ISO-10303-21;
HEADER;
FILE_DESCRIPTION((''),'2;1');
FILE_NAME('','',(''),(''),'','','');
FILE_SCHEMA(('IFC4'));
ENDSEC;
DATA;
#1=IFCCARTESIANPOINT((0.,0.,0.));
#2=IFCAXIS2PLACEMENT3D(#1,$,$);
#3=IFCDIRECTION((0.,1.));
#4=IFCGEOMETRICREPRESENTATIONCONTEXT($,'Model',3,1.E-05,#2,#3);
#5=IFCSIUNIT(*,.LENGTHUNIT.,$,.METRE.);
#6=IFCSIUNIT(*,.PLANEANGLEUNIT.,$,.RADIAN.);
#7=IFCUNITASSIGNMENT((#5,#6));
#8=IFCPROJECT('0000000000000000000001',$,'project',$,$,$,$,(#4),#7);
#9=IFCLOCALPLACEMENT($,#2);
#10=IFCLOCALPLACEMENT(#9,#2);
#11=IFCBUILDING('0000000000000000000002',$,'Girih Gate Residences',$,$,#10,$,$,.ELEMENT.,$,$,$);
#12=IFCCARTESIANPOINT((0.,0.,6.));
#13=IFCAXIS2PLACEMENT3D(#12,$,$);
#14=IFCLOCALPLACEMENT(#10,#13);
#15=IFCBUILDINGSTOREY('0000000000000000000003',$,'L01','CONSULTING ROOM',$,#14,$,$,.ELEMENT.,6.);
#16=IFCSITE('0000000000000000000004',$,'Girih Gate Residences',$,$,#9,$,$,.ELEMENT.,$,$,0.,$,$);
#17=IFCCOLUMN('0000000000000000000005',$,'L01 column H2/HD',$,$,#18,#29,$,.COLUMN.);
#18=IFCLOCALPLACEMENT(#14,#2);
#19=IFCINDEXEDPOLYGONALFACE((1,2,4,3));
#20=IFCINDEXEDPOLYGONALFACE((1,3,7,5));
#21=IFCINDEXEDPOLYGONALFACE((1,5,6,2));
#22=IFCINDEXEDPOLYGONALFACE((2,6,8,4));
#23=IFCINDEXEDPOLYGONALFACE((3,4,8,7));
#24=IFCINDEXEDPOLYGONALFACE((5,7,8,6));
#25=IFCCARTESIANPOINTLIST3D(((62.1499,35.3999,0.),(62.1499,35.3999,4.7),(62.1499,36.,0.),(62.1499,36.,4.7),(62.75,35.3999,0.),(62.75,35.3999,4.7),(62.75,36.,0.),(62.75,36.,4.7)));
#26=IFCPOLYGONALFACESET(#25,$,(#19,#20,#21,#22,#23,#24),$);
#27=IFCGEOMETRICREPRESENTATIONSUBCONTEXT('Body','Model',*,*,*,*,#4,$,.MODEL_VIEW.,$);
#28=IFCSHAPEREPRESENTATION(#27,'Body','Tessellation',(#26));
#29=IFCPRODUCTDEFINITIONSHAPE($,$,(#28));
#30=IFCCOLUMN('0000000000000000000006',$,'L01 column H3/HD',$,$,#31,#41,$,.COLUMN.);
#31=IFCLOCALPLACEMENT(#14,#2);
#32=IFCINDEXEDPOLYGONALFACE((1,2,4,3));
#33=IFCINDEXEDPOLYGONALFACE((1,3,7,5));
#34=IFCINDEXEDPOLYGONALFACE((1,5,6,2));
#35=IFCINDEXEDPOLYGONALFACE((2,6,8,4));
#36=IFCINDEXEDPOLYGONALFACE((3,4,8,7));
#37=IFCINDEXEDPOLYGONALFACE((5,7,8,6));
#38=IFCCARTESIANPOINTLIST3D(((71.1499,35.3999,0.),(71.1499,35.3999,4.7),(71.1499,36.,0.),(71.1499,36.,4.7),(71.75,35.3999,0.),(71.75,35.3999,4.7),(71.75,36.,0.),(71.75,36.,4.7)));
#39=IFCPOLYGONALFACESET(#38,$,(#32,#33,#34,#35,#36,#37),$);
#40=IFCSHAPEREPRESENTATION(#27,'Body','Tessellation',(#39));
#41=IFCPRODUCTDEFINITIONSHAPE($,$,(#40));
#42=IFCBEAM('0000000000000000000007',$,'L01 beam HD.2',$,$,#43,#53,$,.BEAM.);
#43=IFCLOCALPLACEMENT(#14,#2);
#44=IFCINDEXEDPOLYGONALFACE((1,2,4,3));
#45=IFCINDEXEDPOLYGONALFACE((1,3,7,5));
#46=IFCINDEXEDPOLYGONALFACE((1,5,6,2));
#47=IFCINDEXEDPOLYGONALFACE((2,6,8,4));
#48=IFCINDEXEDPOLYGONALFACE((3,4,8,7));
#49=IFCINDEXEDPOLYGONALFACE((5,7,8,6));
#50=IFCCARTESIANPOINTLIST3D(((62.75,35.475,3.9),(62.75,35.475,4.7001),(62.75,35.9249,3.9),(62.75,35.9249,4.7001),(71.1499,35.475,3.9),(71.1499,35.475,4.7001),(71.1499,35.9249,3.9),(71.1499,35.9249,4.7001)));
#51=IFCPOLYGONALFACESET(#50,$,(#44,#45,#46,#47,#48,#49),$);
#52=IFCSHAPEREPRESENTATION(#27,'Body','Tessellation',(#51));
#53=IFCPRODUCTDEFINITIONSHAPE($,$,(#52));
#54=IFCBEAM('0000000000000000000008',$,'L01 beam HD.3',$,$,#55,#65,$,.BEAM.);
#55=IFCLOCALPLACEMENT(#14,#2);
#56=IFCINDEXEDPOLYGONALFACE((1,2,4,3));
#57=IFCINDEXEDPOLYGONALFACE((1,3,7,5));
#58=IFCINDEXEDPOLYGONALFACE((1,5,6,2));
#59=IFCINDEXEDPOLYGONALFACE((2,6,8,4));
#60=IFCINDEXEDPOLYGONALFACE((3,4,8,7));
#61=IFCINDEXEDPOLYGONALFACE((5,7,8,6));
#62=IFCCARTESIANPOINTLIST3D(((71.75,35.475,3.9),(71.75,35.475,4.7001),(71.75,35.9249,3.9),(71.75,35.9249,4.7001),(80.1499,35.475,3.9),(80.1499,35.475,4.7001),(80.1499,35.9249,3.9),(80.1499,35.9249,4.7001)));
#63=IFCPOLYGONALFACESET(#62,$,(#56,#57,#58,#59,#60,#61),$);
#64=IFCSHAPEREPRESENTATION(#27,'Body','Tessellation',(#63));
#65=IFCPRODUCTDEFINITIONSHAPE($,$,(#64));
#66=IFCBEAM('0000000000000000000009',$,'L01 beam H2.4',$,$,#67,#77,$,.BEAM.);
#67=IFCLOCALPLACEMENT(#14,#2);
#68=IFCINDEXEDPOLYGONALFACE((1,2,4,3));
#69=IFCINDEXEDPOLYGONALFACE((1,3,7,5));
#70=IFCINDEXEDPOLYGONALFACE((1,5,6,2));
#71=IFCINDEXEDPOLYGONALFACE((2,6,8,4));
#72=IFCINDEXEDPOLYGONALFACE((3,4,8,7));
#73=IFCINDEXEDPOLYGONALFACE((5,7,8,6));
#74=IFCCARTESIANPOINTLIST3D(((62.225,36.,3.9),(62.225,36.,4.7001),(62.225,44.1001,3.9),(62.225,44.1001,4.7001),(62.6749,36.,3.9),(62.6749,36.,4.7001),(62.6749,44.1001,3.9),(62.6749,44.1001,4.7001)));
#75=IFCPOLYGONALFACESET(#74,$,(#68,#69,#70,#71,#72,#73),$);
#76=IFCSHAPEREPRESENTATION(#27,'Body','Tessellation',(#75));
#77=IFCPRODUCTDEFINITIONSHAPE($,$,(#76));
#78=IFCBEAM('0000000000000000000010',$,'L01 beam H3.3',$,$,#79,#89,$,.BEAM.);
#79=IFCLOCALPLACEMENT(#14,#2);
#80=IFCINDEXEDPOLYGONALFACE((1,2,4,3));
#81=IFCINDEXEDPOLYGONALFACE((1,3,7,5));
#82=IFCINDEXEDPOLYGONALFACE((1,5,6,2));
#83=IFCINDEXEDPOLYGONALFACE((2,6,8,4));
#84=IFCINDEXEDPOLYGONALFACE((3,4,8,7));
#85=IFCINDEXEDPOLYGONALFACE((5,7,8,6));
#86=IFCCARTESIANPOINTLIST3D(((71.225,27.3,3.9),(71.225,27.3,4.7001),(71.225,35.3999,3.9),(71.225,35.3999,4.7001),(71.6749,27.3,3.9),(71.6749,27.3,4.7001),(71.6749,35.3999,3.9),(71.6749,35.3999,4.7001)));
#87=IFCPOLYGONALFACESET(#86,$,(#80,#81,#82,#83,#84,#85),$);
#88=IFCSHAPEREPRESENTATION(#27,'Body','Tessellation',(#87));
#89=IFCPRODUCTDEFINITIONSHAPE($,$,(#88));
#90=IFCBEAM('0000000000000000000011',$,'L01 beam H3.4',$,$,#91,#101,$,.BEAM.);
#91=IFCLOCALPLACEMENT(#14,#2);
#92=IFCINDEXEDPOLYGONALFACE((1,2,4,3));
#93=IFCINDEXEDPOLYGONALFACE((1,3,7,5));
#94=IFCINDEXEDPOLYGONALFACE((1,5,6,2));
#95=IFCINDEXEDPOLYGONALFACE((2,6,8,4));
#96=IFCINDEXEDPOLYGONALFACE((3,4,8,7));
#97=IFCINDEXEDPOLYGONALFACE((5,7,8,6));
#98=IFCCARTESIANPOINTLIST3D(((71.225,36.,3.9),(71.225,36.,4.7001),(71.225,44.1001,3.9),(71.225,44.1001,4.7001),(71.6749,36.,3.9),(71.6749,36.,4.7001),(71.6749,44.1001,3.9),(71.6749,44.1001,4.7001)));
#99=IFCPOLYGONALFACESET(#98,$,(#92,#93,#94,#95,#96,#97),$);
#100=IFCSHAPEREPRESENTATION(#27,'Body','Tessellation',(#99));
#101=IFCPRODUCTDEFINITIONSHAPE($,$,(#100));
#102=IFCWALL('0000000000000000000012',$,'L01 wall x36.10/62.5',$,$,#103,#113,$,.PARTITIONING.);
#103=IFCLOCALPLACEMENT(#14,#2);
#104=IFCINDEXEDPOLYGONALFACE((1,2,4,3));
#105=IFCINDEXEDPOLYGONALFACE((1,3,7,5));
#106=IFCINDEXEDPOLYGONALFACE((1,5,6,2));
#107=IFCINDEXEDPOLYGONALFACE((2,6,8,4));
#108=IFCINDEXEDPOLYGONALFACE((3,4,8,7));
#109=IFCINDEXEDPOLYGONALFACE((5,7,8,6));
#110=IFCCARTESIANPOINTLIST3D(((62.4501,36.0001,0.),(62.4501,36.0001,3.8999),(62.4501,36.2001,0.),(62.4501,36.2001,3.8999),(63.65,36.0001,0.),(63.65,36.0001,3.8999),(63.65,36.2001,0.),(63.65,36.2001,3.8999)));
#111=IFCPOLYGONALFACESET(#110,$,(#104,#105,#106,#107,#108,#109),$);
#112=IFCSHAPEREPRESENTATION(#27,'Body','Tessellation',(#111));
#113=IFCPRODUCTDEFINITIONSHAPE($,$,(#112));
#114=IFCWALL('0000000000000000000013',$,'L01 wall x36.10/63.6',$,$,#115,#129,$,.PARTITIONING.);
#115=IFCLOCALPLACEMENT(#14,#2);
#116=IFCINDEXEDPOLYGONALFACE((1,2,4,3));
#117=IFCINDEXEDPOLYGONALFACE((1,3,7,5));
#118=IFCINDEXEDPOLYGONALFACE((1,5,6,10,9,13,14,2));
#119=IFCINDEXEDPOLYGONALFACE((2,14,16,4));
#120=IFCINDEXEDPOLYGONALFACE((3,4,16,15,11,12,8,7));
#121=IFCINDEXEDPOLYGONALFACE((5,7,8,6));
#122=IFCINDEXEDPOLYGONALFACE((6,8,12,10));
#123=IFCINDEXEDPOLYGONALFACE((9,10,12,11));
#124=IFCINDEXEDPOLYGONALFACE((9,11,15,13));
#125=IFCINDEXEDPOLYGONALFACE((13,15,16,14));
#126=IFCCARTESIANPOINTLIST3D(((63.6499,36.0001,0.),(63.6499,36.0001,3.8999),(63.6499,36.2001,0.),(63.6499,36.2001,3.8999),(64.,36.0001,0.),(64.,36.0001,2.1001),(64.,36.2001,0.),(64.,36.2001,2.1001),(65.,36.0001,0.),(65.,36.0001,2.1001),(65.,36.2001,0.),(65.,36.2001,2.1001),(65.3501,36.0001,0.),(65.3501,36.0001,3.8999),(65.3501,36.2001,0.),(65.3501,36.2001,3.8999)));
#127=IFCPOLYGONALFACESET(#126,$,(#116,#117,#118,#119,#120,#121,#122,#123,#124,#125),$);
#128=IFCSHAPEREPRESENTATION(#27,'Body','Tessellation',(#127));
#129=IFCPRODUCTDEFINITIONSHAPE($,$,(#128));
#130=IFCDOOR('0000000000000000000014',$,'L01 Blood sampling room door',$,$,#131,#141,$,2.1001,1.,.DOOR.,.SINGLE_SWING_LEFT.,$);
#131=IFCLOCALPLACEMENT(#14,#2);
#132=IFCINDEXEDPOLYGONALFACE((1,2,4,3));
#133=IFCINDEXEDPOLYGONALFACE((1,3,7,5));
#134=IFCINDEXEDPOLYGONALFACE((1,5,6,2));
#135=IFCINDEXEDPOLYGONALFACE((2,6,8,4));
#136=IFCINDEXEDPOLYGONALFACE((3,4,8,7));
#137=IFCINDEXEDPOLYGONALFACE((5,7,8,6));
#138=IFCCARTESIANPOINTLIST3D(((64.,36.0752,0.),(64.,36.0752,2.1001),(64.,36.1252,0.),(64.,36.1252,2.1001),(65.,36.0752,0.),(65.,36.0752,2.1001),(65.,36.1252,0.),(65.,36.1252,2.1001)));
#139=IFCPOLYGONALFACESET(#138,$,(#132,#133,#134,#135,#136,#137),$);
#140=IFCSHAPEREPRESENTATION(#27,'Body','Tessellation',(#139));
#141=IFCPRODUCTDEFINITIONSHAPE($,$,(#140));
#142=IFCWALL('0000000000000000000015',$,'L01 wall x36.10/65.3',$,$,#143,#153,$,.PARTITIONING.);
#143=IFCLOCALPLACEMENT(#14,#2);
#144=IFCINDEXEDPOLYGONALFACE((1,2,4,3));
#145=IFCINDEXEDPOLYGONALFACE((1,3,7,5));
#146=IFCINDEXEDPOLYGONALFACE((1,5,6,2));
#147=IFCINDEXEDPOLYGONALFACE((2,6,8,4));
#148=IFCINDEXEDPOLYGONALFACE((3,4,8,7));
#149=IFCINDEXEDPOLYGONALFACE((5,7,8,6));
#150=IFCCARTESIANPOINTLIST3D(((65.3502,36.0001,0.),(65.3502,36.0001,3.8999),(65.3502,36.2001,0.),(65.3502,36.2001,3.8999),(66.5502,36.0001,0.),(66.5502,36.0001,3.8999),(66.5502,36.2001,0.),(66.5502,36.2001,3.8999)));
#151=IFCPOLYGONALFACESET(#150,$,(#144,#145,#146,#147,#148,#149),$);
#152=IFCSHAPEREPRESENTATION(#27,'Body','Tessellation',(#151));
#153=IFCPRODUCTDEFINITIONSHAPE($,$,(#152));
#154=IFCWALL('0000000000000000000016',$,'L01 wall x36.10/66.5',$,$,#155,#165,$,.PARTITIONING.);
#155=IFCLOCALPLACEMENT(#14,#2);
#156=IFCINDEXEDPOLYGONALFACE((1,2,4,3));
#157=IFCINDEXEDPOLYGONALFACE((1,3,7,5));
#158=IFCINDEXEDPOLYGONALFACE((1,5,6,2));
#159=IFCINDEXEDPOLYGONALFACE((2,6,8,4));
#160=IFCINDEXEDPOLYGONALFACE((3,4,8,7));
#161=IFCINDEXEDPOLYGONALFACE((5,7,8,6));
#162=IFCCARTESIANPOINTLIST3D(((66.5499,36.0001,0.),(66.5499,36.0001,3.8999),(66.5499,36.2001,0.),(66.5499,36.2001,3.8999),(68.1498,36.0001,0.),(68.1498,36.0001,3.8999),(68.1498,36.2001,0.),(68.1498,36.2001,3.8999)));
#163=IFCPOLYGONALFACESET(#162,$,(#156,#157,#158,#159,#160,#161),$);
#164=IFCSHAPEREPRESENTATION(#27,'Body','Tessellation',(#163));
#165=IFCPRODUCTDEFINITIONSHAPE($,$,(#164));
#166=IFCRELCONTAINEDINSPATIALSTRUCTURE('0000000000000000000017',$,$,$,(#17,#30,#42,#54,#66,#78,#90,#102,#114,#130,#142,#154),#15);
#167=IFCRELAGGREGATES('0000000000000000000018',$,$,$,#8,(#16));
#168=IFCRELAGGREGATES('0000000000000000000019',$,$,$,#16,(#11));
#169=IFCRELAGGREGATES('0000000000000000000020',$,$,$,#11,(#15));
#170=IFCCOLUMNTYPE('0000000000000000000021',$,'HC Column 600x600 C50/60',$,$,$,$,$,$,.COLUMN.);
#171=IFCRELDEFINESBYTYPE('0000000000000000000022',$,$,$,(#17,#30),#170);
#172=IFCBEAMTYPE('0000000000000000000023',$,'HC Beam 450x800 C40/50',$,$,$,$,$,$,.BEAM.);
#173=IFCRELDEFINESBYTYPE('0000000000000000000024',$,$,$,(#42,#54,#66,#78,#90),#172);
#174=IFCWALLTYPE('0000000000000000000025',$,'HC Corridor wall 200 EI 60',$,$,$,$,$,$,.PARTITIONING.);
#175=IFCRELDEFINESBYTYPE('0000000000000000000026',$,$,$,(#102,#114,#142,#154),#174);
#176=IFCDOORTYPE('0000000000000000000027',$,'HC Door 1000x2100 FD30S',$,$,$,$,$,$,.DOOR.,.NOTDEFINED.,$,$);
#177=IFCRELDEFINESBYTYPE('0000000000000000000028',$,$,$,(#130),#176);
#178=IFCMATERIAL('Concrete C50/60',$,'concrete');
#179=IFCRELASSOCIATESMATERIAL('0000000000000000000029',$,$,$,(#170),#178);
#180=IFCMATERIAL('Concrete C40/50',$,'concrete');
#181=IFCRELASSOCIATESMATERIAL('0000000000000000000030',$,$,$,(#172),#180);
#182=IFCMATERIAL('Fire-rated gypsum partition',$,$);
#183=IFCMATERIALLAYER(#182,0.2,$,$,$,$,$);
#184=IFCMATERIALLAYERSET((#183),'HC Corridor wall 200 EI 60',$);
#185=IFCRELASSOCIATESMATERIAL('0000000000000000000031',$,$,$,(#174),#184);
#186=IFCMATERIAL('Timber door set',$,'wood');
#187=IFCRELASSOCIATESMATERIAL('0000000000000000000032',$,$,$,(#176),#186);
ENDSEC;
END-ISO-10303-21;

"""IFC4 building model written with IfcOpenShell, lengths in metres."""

from ifc_helpers import new_model, si_unit, direction, frame, frame_2d, origin, origin_2d, place, context, subcontext, project, spatial, rectangle, extrude, material, layer, layer_set, material_profile, profile_set, type_object, element, fill, save


model = new_model("IFC4")

# Units and contexts
model_context = context("Model", 3, precision=1e-05, world=origin(), true_north=direction((0.0, 1.0)))
body_context = subcontext(model_context, "Body", "Model", "MODEL_VIEW")
ifc_project = project(units=[si_unit("LENGTHUNIT", "METRE"), si_unit("PLANEANGLEUNIT", "RADIAN")], contexts=[model_context])

# Site, building, storey
site_placement = place(None, origin())
site = spatial("IfcSite", under=ifc_project, at=site_placement, Name="Girih Gate Residences", CompositionType="ELEMENT", RefElevation=0.0)
building_placement = place(site_placement, origin())
building = spatial("IfcBuilding", under=site, at=building_placement, Name="Girih Gate Residences", CompositionType="ELEMENT")
storey_placement = place(building_placement, frame((0.0, 0.0, 6.0)))
storey = spatial("IfcBuildingStorey", under=building, at=storey_placement, Name="L01", Description="CONSULTING ROOM", CompositionType="ELEMENT", Elevation=6.0)

# Columns
ifc_material_1 = material(Name="Concrete C50/60", Category="concrete")
ifc_material_profile_1 = material_profile(ifc_material_1, rectangle(XDim=0.6001, YDim=0.6001, at=origin_2d()))
ifc_profile_set_1 = profile_set([ifc_material_profile_1], Name="Concrete C50/60")
column_type = type_object("IfcColumnType", Name="HC Column 600x600 C50/60", PredefinedType="COLUMN", material=ifc_profile_set_1)
for number, where, z_axis, x_axis, name in (
    (1, (62.45, 35.7, 0.0), (0.0, 0.0, 1.0), (1.0, 0.0, 0.0), "L01 column H2/HD"),
    (2, (71.45, 35.7, 0.0), (0.0, 0.0, 1.0), (1.0, 0.0, 0.0), "L01 column H3/HD"),
):
    element("IfcColumn", number, at=place(storey_placement, frame(where, z_axis=z_axis, x_axis=x_axis)), inside=storey, type_object=column_type, Name=name, PredefinedType="COLUMN", context=body_context, shape_type="SweptSolid", body=[
        extrude(rectangle(XDim=0.6001, YDim=0.6001, at=origin_2d()), origin(), (0.0, 0.0, 1.0), 4.7),
    ])

# Beams
ifc_material_2 = material(Name="Concrete C40/50", Category="concrete")
ifc_material_profile_2 = material_profile(ifc_material_2, rectangle(XDim=0.45, YDim=0.8, at=origin_2d()))
ifc_profile_set_2 = profile_set([ifc_material_profile_2], Name="Concrete C40/50")
beam_type = type_object("IfcBeamType", Name="HC Beam 450x800 C40/50", PredefinedType="BEAM", material=ifc_profile_set_2)
for number, where, z_axis, x_axis, name in (
    (3, (62.75, 35.7, 4.3), (1.0, 0.0, 0.0), (0.0, 1.0, 0.0), "L01 beam HD.2"),
    (4, (71.75, 35.7, 4.3), (1.0, 0.0, 0.0), (0.0, 1.0, 0.0), "L01 beam HD.3"),
):
    element("IfcBeam", number, at=place(storey_placement, frame(where, z_axis=z_axis, x_axis=x_axis)), inside=storey, type_object=beam_type, Name=name, PredefinedType="BEAM", context=body_context, shape_type="SweptSolid", body=[
        extrude(rectangle(XDim=0.45, YDim=0.8, at=origin_2d()), origin(), (0.0, 0.0, 1.0), 8.3999),
    ])
beam_1_placement = place(storey_placement, frame((62.45, 36.0, 4.3), z_axis=(0.0, 1.0, 0.0), x_axis=(-1.0, 0.0, 0.0)))
element("IfcBeam", 5, at=beam_1_placement, inside=storey, type_object=beam_type, Name="L01 beam H2.4", PredefinedType="BEAM", context=body_context, shape_type="SweptSolid", body=[
    extrude(rectangle(XDim=0.45, YDim=0.8, at=origin_2d()), origin(), (0.0, 0.0, 1.0), 8.1001),
])
beam_2_placement = place(storey_placement, frame((71.45, 27.3, 4.3), z_axis=(0.0, 1.0, 0.0), x_axis=(-1.0, 0.0, 0.0)))
element("IfcBeam", 6, at=beam_2_placement, inside=storey, type_object=beam_type, Name="L01 beam H3.3", PredefinedType="BEAM", context=body_context, shape_type="SweptSolid", body=[
    extrude(rectangle(XDim=0.45, YDim=0.8, at=origin_2d()), origin(), (0.0, 0.0, 1.0), 8.0999),
])
beam_3_placement = place(storey_placement, frame((71.45, 36.0, 4.3), z_axis=(0.0, 1.0, 0.0), x_axis=(-1.0, 0.0, 0.0)))
element("IfcBeam", 7, at=beam_3_placement, inside=storey, type_object=beam_type, Name="L01 beam H3.4", PredefinedType="BEAM", context=body_context, shape_type="SweptSolid", body=[
    extrude(rectangle(XDim=0.45, YDim=0.8, at=origin_2d()), origin(), (0.0, 0.0, 1.0), 8.1001),
])

# Wall
ifc_material_3 = material(Name="Fire-rated gypsum partition")
ifc_layer_1 = layer(ifc_material_3, 0.2)
ifc_layer_set_1 = layer_set([ifc_layer_1], Name="HC Corridor wall 200 EI 60")
wall_type_1 = type_object("IfcWallType", Name="HC Corridor wall 200 EI 60", PredefinedType="PARTITIONING", material=ifc_layer_set_1)
wall_1_placement = place(storey_placement, frame((62.45, 36.1001, 0.0), z_axis=(0.0, 0.0, 1.0), x_axis=(1.0, 0.0, 0.0)))
element("IfcWall", 8, at=wall_1_placement, inside=storey, type_object=wall_type_1, Name="L01 wall x36.10/62.5", PredefinedType="PARTITIONING", context=body_context, shape_type="SweptSolid", body=[
    extrude(rectangle(XDim=1.2, YDim=0.2, at=frame_2d((0.6001, 0.0))), origin(), (0.0, 0.0, 1.0), 3.8999),
])

# Wall, opening, door
wall_2_placement = place(storey_placement, frame((65.3501, 36.1001, 0.0), z_axis=(0.0, 0.0, 1.0), x_axis=(-1.0, 0.0, 0.0)))
wall_2 = element("IfcWall", 9, at=wall_2_placement, inside=storey, type_object=wall_type_1, Name="L01 wall x36.10/63.6", PredefinedType="PARTITIONING", context=body_context, shape_type="SweptSolid", body=[
    extrude(rectangle(XDim=1.7002, YDim=0.2, at=frame_2d((0.8501, 0.0))), origin(), (0.0, 0.0, 1.0), 3.8999),
])
opening_1_placement = place(wall_2_placement, frame((0.3501, 0.0, 0.0)))
opening_1 = element("IfcOpeningElement", 10, at=opening_1_placement, cuts=wall_2, PredefinedType="OPENING", context=body_context, shape_type="SweptSolid", body=[
    extrude(rectangle(XDim=1.0, YDim=2.1001, at=frame_2d((0.5, 1.05))), frame((0.0, 0.1099, 0.0), z_axis=(0.0, -1.0, 0.0), x_axis=(1.0, 0.0, 0.0)), (0.0, 0.0, 1.0), 0.22),
])
ifc_material_4 = material(Name="Timber door set", Category="wood")
door_type_1 = type_object("IfcDoorType", Name="HC Door 1000x2100 FD30S", OperationType="NOTDEFINED", PredefinedType="DOOR", material=ifc_material_4)
door_1_placement = place(opening_1_placement, origin())
door_1 = element("IfcDoor", 11, at=door_1_placement, inside=storey, type_object=door_type_1, Name="L01 Blood sampling room door", OperationType="SINGLE_SWING_LEFT", OverallHeight=2.1001, OverallWidth=1.0, PredefinedType="DOOR", context=body_context, shape_type="SweptSolid", body=[
    extrude(rectangle(XDim=1.0, YDim=2.1001, at=frame_2d((0.5, 1.05))), frame((0.0, 0.0249, 0.0), z_axis=(0.0, -1.0, 0.0), x_axis=(1.0, 0.0, 0.0)), (0.0, 0.0, 1.0), 0.05),
])
fill(opening_1, door_1)

# Walls
wall_3_placement = place(storey_placement, frame((65.3501, 36.1001, 0.0), z_axis=(0.0, 0.0, 1.0), x_axis=(1.0, 0.0, 0.0)))
element("IfcWall", 12, at=wall_3_placement, inside=storey, type_object=wall_type_1, Name="L01 wall x36.10/65.3", PredefinedType="PARTITIONING", context=body_context, shape_type="SweptSolid", body=[
    extrude(rectangle(XDim=1.2, YDim=0.2, at=frame_2d((0.6001, 0.0))), origin(), (0.0, 0.0, 1.0), 3.8999),
])
wall_4_placement = place(storey_placement, frame((66.55, 36.1001, 0.0), z_axis=(0.0, 0.0, 1.0), x_axis=(1.0, 0.0, 0.0)))
element("IfcWall", 13, at=wall_4_placement, inside=storey, type_object=wall_type_1, Name="L01 wall x36.10/66.5", PredefinedType="PARTITIONING", context=body_context, shape_type="SweptSolid", body=[
    extrude(rectangle(XDim=1.5999, YDim=0.2, at=frame_2d((0.7998, 0.0))), origin(), (0.0, 0.0, 1.0), 3.8999),
])

save(model, "model.ifc")
